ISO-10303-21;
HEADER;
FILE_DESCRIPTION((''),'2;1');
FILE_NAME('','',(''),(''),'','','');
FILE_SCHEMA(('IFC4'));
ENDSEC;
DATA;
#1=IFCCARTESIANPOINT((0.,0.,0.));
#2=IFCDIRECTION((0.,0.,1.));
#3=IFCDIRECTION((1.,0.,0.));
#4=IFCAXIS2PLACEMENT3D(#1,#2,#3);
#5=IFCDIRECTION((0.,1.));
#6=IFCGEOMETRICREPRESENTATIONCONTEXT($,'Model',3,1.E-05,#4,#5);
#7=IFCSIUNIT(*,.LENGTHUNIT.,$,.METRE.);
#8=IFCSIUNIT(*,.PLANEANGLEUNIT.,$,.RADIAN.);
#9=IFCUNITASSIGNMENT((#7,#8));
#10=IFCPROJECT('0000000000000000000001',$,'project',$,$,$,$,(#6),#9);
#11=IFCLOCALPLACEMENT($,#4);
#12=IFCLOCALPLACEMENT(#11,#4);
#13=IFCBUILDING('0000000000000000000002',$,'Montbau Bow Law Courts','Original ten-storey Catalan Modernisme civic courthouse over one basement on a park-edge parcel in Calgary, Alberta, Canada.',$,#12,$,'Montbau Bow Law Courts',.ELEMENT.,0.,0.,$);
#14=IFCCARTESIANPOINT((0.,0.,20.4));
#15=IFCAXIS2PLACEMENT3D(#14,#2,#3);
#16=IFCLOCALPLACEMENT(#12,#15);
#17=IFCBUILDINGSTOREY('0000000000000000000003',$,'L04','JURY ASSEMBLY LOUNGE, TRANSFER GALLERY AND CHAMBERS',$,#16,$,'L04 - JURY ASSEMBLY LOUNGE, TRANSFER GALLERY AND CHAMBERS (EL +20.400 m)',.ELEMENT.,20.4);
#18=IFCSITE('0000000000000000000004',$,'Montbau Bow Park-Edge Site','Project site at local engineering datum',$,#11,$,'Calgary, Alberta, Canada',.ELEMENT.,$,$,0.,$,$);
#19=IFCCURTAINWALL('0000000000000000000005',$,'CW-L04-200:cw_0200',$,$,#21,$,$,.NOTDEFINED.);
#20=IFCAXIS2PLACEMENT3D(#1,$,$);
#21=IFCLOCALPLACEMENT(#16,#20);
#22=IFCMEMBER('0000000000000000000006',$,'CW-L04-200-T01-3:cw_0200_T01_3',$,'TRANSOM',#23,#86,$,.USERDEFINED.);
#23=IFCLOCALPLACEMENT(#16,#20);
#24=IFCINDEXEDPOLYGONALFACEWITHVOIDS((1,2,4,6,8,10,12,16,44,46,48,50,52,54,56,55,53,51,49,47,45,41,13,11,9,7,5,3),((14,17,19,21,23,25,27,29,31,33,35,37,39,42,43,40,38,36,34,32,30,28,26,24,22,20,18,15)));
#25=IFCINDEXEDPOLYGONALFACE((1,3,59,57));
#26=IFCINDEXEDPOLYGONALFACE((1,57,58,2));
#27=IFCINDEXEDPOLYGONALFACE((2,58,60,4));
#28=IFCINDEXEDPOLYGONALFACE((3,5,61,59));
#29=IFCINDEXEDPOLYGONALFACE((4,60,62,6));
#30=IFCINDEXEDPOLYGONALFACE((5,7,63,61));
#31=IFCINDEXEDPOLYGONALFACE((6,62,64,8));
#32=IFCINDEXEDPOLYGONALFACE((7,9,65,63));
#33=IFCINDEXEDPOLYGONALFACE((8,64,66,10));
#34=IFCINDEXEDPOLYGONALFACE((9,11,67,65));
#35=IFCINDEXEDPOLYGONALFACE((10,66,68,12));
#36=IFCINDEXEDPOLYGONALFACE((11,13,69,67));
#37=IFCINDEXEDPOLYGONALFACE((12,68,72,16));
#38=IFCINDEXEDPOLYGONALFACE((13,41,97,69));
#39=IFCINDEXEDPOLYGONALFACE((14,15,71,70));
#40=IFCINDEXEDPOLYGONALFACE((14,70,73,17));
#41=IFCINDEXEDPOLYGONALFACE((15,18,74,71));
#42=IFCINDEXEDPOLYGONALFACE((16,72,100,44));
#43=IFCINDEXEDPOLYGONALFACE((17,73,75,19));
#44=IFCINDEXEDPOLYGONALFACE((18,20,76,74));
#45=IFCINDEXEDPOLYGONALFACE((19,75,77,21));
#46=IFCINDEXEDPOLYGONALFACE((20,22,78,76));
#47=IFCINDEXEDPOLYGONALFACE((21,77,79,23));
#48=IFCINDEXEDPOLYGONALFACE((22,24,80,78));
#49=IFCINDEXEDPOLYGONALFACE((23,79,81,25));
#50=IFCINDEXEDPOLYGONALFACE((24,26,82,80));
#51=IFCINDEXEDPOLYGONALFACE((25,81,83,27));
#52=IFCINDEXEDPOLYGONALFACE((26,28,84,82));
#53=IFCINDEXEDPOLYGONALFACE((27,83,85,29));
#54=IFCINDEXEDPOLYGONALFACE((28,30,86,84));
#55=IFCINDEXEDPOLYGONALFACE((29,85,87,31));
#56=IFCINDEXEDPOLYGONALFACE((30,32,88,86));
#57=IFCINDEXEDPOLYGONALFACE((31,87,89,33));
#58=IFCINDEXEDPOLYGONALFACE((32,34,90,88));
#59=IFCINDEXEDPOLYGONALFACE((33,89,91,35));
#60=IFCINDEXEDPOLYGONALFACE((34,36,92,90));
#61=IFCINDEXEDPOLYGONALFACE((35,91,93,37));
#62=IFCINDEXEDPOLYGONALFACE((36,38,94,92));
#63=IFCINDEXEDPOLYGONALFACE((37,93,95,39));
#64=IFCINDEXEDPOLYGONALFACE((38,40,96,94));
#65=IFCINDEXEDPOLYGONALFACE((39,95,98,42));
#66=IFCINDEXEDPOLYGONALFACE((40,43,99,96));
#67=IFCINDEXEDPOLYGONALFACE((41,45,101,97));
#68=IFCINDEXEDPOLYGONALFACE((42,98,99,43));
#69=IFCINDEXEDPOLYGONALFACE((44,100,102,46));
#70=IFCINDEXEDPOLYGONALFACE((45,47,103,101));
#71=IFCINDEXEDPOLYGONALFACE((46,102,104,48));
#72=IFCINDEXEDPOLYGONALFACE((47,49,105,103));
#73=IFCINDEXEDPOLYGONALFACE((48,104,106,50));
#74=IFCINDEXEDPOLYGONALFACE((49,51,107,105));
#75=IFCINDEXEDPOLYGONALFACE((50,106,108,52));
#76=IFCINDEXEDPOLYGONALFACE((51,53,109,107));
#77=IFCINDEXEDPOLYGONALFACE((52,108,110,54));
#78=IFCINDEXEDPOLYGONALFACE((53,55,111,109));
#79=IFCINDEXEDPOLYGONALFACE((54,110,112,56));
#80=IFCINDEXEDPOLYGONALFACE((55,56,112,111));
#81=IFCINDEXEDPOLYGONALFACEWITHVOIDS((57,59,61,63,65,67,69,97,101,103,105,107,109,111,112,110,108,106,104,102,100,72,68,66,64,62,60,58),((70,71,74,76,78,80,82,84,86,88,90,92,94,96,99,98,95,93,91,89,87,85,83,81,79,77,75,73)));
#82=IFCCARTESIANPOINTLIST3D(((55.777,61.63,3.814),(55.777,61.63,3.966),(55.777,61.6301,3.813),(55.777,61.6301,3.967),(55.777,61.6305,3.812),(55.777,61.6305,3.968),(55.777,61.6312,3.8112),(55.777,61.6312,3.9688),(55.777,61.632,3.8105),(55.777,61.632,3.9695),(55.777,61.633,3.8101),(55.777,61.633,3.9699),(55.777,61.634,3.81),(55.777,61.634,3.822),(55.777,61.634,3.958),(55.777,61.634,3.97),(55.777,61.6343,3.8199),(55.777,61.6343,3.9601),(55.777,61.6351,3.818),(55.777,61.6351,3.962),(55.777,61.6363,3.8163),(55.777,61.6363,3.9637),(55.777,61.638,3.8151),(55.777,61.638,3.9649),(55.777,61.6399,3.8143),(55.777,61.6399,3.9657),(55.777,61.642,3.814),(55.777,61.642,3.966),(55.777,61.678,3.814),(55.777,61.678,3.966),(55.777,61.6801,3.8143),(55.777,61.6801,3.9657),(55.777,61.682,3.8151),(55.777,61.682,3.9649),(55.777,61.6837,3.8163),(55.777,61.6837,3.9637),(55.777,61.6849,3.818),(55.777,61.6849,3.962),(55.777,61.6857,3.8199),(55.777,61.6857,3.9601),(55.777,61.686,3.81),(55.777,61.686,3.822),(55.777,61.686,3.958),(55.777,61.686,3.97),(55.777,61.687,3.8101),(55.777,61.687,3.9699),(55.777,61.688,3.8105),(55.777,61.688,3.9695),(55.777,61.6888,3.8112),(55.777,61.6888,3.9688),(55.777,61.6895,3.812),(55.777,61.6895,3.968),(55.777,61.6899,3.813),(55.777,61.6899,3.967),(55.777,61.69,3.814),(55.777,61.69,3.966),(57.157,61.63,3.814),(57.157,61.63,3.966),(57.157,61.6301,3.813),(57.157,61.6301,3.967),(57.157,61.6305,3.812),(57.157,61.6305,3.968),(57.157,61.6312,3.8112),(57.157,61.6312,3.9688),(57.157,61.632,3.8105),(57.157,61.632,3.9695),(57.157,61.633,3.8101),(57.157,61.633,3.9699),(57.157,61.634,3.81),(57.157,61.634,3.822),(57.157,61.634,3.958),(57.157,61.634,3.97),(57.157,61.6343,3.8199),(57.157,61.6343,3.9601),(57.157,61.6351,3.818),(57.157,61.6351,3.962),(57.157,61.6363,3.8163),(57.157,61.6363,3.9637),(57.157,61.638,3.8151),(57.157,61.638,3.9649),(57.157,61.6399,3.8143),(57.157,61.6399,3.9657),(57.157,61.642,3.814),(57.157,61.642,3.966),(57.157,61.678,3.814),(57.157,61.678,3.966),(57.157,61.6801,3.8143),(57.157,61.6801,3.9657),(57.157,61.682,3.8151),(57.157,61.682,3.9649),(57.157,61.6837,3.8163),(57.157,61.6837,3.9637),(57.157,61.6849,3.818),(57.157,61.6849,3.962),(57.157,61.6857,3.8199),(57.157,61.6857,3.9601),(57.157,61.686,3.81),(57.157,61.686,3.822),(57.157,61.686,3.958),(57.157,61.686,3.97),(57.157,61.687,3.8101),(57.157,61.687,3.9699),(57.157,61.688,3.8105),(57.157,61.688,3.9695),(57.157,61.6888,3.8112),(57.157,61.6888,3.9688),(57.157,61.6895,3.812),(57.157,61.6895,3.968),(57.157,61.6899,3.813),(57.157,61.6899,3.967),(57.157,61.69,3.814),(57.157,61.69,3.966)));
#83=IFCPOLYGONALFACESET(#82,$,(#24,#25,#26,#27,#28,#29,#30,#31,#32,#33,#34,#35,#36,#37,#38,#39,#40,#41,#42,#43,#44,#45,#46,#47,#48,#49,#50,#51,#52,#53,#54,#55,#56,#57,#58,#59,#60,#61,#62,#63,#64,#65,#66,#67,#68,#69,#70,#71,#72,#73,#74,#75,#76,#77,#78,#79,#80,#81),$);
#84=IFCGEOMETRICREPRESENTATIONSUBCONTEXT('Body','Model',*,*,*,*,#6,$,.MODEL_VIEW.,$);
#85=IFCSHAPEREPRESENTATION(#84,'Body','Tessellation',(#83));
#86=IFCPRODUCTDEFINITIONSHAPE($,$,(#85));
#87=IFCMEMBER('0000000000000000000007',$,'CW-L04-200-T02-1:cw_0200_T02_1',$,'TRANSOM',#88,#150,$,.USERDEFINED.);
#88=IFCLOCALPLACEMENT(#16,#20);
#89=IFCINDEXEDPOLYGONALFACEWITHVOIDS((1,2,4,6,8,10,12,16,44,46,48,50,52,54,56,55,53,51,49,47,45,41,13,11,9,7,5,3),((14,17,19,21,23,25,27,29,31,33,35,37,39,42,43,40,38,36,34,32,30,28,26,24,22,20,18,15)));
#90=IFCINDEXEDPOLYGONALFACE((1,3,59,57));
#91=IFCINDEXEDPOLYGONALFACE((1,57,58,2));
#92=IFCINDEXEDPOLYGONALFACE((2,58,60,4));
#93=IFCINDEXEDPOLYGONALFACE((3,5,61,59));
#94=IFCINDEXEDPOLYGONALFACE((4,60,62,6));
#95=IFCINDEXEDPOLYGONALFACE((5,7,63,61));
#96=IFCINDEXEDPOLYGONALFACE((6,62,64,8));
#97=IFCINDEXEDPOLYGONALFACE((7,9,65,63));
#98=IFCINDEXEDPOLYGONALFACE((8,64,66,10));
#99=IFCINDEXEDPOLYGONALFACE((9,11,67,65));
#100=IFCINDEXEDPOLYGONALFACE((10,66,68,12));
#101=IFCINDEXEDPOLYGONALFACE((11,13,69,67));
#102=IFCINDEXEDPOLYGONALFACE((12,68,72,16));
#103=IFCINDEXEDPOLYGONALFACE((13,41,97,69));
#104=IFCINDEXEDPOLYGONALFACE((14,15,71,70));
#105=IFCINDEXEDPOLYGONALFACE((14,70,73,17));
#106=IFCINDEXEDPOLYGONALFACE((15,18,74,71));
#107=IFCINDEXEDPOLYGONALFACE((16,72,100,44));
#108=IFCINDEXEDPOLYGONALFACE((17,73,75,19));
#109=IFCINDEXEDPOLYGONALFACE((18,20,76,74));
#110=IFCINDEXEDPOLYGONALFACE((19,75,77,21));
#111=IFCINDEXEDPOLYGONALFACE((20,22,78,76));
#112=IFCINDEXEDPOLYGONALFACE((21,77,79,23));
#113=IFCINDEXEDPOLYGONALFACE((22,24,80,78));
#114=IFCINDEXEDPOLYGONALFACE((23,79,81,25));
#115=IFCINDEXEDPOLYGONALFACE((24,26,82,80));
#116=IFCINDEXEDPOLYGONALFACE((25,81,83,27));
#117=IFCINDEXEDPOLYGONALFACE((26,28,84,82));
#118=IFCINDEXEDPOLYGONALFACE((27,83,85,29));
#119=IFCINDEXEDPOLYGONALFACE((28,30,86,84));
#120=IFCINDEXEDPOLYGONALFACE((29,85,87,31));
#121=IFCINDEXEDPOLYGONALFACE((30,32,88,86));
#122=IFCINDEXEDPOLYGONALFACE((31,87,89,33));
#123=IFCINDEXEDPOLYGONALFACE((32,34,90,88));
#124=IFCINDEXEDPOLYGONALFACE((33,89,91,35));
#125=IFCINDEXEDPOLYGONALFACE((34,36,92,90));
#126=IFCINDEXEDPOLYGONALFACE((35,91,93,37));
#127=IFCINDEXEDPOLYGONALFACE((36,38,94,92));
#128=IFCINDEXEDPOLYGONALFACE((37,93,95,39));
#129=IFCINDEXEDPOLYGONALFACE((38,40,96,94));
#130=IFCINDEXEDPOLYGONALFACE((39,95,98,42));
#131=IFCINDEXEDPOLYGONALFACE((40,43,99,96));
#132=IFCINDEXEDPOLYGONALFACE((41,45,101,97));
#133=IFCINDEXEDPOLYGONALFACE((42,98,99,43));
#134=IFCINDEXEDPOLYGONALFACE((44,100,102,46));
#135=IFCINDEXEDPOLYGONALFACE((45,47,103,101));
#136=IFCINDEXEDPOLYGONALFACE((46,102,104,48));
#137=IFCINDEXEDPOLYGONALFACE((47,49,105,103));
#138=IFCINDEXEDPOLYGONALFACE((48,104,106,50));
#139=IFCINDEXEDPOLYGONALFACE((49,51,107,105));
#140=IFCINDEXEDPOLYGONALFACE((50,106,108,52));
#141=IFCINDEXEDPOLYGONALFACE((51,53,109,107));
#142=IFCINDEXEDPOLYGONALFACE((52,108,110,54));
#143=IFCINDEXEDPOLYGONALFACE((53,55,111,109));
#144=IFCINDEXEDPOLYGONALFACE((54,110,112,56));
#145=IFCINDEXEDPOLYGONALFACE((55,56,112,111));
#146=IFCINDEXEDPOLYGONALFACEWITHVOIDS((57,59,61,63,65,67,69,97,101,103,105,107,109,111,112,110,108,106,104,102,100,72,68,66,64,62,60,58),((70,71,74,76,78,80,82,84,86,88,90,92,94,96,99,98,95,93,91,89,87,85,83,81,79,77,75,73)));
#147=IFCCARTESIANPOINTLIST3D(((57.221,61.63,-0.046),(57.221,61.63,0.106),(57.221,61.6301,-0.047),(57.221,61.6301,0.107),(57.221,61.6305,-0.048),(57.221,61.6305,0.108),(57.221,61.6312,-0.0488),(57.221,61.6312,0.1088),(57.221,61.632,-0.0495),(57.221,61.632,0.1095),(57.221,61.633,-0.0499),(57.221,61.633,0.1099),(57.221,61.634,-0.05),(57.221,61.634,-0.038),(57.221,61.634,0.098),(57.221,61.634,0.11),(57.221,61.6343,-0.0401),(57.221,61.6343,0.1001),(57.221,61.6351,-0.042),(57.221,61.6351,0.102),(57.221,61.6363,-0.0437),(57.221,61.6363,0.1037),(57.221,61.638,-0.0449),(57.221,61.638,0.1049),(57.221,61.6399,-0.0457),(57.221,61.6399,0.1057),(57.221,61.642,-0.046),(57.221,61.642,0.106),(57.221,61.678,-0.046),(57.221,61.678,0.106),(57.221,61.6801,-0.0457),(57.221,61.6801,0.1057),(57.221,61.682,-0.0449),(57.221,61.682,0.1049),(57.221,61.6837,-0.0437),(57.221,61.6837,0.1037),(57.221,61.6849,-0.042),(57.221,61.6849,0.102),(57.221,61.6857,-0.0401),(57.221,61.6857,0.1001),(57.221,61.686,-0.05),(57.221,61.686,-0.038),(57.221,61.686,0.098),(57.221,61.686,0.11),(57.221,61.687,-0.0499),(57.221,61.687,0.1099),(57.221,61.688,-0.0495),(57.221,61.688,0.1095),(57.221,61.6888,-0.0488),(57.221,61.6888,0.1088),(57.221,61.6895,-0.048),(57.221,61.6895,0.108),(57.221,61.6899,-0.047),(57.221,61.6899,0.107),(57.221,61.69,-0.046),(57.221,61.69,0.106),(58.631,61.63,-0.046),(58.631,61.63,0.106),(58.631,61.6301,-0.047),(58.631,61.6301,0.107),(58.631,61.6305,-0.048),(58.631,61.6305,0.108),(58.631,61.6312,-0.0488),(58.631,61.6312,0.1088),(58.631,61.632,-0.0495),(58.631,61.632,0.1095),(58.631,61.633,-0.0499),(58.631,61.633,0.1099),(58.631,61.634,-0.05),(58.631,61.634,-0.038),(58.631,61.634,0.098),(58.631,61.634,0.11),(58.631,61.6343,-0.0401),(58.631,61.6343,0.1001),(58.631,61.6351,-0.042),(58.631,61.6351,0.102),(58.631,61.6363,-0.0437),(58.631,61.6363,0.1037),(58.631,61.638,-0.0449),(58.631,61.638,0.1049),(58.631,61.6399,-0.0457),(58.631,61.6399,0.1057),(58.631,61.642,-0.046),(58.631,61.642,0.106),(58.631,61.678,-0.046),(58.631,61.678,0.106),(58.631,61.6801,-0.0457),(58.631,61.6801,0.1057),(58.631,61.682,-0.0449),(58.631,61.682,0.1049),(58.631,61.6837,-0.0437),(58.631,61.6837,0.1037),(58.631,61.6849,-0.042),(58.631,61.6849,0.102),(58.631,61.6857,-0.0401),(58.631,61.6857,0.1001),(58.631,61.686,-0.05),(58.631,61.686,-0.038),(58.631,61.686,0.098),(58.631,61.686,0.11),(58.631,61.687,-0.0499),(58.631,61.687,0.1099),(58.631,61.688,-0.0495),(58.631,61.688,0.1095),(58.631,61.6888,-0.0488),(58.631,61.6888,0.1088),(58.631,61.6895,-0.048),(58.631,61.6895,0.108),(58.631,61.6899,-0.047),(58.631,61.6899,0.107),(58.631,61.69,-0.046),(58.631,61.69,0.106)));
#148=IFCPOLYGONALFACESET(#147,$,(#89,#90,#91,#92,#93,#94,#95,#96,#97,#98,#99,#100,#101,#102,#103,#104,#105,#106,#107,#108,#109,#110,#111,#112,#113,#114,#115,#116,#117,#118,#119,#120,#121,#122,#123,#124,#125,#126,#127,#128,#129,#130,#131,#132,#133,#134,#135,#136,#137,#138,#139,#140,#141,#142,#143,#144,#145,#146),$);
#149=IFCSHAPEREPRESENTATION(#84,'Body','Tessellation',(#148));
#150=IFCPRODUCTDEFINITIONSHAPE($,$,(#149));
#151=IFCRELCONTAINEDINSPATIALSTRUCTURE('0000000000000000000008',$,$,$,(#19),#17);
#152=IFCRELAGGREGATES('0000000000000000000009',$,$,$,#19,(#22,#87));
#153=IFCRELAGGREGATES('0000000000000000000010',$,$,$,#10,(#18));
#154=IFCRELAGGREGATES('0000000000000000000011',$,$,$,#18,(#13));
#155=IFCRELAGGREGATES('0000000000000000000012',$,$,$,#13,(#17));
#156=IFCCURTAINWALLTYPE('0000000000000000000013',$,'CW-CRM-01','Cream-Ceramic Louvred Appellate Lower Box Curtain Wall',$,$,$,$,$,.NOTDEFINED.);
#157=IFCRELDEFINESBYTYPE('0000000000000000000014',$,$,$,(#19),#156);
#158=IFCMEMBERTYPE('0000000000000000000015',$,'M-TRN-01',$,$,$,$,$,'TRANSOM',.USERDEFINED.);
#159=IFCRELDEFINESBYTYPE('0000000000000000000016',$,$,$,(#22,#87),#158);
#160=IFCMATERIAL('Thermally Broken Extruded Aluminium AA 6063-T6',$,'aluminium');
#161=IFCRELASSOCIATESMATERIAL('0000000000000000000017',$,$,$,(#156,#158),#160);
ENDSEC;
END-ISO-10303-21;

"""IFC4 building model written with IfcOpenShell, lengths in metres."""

from ifc_helpers import new_model, si_unit, direction, frame, origin_with_axes, origin_2d_with_axis, place, context, subcontext, project, spatial, hollow_rectangle, extrude, material, material_profile, profile_set, type_object, element, aggregate, save


model = new_model("IFC4")

# Units and contexts
model_context = context("Model", 3, precision=1e-05, world=origin_with_axes(), true_north=direction((0.0, 1.0)))
body_context = subcontext(model_context, "Body", "Model", "MODEL_VIEW")
ifc_project = project(units=[si_unit("LENGTHUNIT", "METRE"), si_unit("PLANEANGLEUNIT", "RADIAN")], contexts=[model_context])

# Site, building, storey
site_placement = place(None, origin_with_axes())
site = spatial("IfcSite", under=ifc_project, at=site_placement, Name="Montbau Bow Park-Edge Site", Description="Project site at local engineering datum", LongName="Calgary, Alberta, Canada", CompositionType="ELEMENT", RefElevation=0.0)
building_placement = place(site_placement, origin_with_axes())
building = spatial("IfcBuilding", under=site, at=building_placement, Name="Montbau Bow Law Courts", Description="Original ten-storey Catalan Modernisme civic courthouse over one basement on a park-edge parcel in Calgary, Alberta, Canada.", LongName="Montbau Bow Law Courts", CompositionType="ELEMENT", ElevationOfRefHeight=0.0, ElevationOfTerrain=0.0)
storey_placement = place(building_placement, frame((0.0, 0.0, 20.4), z_axis=(0.0, 0.0, 1.0), x_axis=(1.0, 0.0, 0.0)))
storey = spatial("IfcBuildingStorey", under=building, at=storey_placement, Name="L04", Description="JURY ASSEMBLY LOUNGE, TRANSFER GALLERY AND CHAMBERS", LongName="L04 - JURY ASSEMBLY LOUNGE, TRANSFER GALLERY AND CHAMBERS (EL +20.400 m)", CompositionType="ELEMENT", Elevation=20.4)

# Shared definitions
ifc_material_1 = material(Name="Thermally Broken Extruded Aluminium AA 6063-T6", Category="aluminium")
curtain_wall_type = type_object("IfcCurtainWallType", Name="CW-CRM-01", Description="Cream-Ceramic Louvred Appellate Lower Box Curtain Wall", PredefinedType="NOTDEFINED", material=ifc_material_1)

# Curtain wall, members
curtain_wall_1_placement = place(None, frame((55.715, 61.66, 20.4), z_axis=(0.0, 0.0, 1.0), x_axis=(1.0, 0.0, 0.0)))
curtain_wall_1 = element("IfcCurtainWall", 1, at=curtain_wall_1_placement, inside=storey, type_object=curtain_wall_type, Name="CW-L04-200:cw_0200", PredefinedType="NOTDEFINED")
ifc_material_profile_1 = material_profile(ifc_material_1, hollow_rectangle(XDim=0.06, YDim=0.16, WallThickness=0.004, InnerFilletRadius=0.008, OuterFilletRadius=0.004, at=origin_2d_with_axis()), Name="CWT-160X60", Category="Main", Priority=0)
ifc_profile_set_1 = profile_set([ifc_material_profile_1], Name="Thermally Broken Extruded Aluminium AA 6063-T6")
member_type_1 = type_object("IfcMemberType", Name="M-TRN-01", ElementType="TRANSOM", PredefinedType="USERDEFINED", material=ifc_profile_set_1)
member_1_placement = place(None, frame((55.777, 61.66, 24.29), z_axis=(1.0, 0.0, 0.0), x_axis=(0.0, 1.0, 0.0)))
member_1 = element("IfcMember", 2, at=member_1_placement, type_object=member_type_1, Name="CW-L04-200-T01-3:cw_0200_T01_3", ObjectType="TRANSOM", PredefinedType="USERDEFINED", context=body_context, shape_type="SweptSolid", body=[
    extrude(hollow_rectangle(XDim=0.06, YDim=0.16, WallThickness=0.004, InnerFilletRadius=0.008, OuterFilletRadius=0.004, at=origin_2d_with_axis()), origin_with_axes(), (0.0, 0.0, 1.0), 1.38),
])
member_2_placement = place(None, frame((57.221, 61.66, 20.43), z_axis=(1.0, 0.0, 0.0), x_axis=(0.0, 1.0, 0.0)))
member_2 = element("IfcMember", 3, at=member_2_placement, type_object=member_type_1, Name="CW-L04-200-T02-1:cw_0200_T02_1", ObjectType="TRANSOM", PredefinedType="USERDEFINED", context=body_context, shape_type="SweptSolid", body=[
    extrude(hollow_rectangle(XDim=0.06, YDim=0.16, WallThickness=0.004, InnerFilletRadius=0.008, OuterFilletRadius=0.004, at=origin_2d_with_axis()), origin_with_axes(), (0.0, 0.0, 1.0), 1.41),
])

aggregate(curtain_wall_1, [member_1, member_2])

save(model, "model.ifc")
